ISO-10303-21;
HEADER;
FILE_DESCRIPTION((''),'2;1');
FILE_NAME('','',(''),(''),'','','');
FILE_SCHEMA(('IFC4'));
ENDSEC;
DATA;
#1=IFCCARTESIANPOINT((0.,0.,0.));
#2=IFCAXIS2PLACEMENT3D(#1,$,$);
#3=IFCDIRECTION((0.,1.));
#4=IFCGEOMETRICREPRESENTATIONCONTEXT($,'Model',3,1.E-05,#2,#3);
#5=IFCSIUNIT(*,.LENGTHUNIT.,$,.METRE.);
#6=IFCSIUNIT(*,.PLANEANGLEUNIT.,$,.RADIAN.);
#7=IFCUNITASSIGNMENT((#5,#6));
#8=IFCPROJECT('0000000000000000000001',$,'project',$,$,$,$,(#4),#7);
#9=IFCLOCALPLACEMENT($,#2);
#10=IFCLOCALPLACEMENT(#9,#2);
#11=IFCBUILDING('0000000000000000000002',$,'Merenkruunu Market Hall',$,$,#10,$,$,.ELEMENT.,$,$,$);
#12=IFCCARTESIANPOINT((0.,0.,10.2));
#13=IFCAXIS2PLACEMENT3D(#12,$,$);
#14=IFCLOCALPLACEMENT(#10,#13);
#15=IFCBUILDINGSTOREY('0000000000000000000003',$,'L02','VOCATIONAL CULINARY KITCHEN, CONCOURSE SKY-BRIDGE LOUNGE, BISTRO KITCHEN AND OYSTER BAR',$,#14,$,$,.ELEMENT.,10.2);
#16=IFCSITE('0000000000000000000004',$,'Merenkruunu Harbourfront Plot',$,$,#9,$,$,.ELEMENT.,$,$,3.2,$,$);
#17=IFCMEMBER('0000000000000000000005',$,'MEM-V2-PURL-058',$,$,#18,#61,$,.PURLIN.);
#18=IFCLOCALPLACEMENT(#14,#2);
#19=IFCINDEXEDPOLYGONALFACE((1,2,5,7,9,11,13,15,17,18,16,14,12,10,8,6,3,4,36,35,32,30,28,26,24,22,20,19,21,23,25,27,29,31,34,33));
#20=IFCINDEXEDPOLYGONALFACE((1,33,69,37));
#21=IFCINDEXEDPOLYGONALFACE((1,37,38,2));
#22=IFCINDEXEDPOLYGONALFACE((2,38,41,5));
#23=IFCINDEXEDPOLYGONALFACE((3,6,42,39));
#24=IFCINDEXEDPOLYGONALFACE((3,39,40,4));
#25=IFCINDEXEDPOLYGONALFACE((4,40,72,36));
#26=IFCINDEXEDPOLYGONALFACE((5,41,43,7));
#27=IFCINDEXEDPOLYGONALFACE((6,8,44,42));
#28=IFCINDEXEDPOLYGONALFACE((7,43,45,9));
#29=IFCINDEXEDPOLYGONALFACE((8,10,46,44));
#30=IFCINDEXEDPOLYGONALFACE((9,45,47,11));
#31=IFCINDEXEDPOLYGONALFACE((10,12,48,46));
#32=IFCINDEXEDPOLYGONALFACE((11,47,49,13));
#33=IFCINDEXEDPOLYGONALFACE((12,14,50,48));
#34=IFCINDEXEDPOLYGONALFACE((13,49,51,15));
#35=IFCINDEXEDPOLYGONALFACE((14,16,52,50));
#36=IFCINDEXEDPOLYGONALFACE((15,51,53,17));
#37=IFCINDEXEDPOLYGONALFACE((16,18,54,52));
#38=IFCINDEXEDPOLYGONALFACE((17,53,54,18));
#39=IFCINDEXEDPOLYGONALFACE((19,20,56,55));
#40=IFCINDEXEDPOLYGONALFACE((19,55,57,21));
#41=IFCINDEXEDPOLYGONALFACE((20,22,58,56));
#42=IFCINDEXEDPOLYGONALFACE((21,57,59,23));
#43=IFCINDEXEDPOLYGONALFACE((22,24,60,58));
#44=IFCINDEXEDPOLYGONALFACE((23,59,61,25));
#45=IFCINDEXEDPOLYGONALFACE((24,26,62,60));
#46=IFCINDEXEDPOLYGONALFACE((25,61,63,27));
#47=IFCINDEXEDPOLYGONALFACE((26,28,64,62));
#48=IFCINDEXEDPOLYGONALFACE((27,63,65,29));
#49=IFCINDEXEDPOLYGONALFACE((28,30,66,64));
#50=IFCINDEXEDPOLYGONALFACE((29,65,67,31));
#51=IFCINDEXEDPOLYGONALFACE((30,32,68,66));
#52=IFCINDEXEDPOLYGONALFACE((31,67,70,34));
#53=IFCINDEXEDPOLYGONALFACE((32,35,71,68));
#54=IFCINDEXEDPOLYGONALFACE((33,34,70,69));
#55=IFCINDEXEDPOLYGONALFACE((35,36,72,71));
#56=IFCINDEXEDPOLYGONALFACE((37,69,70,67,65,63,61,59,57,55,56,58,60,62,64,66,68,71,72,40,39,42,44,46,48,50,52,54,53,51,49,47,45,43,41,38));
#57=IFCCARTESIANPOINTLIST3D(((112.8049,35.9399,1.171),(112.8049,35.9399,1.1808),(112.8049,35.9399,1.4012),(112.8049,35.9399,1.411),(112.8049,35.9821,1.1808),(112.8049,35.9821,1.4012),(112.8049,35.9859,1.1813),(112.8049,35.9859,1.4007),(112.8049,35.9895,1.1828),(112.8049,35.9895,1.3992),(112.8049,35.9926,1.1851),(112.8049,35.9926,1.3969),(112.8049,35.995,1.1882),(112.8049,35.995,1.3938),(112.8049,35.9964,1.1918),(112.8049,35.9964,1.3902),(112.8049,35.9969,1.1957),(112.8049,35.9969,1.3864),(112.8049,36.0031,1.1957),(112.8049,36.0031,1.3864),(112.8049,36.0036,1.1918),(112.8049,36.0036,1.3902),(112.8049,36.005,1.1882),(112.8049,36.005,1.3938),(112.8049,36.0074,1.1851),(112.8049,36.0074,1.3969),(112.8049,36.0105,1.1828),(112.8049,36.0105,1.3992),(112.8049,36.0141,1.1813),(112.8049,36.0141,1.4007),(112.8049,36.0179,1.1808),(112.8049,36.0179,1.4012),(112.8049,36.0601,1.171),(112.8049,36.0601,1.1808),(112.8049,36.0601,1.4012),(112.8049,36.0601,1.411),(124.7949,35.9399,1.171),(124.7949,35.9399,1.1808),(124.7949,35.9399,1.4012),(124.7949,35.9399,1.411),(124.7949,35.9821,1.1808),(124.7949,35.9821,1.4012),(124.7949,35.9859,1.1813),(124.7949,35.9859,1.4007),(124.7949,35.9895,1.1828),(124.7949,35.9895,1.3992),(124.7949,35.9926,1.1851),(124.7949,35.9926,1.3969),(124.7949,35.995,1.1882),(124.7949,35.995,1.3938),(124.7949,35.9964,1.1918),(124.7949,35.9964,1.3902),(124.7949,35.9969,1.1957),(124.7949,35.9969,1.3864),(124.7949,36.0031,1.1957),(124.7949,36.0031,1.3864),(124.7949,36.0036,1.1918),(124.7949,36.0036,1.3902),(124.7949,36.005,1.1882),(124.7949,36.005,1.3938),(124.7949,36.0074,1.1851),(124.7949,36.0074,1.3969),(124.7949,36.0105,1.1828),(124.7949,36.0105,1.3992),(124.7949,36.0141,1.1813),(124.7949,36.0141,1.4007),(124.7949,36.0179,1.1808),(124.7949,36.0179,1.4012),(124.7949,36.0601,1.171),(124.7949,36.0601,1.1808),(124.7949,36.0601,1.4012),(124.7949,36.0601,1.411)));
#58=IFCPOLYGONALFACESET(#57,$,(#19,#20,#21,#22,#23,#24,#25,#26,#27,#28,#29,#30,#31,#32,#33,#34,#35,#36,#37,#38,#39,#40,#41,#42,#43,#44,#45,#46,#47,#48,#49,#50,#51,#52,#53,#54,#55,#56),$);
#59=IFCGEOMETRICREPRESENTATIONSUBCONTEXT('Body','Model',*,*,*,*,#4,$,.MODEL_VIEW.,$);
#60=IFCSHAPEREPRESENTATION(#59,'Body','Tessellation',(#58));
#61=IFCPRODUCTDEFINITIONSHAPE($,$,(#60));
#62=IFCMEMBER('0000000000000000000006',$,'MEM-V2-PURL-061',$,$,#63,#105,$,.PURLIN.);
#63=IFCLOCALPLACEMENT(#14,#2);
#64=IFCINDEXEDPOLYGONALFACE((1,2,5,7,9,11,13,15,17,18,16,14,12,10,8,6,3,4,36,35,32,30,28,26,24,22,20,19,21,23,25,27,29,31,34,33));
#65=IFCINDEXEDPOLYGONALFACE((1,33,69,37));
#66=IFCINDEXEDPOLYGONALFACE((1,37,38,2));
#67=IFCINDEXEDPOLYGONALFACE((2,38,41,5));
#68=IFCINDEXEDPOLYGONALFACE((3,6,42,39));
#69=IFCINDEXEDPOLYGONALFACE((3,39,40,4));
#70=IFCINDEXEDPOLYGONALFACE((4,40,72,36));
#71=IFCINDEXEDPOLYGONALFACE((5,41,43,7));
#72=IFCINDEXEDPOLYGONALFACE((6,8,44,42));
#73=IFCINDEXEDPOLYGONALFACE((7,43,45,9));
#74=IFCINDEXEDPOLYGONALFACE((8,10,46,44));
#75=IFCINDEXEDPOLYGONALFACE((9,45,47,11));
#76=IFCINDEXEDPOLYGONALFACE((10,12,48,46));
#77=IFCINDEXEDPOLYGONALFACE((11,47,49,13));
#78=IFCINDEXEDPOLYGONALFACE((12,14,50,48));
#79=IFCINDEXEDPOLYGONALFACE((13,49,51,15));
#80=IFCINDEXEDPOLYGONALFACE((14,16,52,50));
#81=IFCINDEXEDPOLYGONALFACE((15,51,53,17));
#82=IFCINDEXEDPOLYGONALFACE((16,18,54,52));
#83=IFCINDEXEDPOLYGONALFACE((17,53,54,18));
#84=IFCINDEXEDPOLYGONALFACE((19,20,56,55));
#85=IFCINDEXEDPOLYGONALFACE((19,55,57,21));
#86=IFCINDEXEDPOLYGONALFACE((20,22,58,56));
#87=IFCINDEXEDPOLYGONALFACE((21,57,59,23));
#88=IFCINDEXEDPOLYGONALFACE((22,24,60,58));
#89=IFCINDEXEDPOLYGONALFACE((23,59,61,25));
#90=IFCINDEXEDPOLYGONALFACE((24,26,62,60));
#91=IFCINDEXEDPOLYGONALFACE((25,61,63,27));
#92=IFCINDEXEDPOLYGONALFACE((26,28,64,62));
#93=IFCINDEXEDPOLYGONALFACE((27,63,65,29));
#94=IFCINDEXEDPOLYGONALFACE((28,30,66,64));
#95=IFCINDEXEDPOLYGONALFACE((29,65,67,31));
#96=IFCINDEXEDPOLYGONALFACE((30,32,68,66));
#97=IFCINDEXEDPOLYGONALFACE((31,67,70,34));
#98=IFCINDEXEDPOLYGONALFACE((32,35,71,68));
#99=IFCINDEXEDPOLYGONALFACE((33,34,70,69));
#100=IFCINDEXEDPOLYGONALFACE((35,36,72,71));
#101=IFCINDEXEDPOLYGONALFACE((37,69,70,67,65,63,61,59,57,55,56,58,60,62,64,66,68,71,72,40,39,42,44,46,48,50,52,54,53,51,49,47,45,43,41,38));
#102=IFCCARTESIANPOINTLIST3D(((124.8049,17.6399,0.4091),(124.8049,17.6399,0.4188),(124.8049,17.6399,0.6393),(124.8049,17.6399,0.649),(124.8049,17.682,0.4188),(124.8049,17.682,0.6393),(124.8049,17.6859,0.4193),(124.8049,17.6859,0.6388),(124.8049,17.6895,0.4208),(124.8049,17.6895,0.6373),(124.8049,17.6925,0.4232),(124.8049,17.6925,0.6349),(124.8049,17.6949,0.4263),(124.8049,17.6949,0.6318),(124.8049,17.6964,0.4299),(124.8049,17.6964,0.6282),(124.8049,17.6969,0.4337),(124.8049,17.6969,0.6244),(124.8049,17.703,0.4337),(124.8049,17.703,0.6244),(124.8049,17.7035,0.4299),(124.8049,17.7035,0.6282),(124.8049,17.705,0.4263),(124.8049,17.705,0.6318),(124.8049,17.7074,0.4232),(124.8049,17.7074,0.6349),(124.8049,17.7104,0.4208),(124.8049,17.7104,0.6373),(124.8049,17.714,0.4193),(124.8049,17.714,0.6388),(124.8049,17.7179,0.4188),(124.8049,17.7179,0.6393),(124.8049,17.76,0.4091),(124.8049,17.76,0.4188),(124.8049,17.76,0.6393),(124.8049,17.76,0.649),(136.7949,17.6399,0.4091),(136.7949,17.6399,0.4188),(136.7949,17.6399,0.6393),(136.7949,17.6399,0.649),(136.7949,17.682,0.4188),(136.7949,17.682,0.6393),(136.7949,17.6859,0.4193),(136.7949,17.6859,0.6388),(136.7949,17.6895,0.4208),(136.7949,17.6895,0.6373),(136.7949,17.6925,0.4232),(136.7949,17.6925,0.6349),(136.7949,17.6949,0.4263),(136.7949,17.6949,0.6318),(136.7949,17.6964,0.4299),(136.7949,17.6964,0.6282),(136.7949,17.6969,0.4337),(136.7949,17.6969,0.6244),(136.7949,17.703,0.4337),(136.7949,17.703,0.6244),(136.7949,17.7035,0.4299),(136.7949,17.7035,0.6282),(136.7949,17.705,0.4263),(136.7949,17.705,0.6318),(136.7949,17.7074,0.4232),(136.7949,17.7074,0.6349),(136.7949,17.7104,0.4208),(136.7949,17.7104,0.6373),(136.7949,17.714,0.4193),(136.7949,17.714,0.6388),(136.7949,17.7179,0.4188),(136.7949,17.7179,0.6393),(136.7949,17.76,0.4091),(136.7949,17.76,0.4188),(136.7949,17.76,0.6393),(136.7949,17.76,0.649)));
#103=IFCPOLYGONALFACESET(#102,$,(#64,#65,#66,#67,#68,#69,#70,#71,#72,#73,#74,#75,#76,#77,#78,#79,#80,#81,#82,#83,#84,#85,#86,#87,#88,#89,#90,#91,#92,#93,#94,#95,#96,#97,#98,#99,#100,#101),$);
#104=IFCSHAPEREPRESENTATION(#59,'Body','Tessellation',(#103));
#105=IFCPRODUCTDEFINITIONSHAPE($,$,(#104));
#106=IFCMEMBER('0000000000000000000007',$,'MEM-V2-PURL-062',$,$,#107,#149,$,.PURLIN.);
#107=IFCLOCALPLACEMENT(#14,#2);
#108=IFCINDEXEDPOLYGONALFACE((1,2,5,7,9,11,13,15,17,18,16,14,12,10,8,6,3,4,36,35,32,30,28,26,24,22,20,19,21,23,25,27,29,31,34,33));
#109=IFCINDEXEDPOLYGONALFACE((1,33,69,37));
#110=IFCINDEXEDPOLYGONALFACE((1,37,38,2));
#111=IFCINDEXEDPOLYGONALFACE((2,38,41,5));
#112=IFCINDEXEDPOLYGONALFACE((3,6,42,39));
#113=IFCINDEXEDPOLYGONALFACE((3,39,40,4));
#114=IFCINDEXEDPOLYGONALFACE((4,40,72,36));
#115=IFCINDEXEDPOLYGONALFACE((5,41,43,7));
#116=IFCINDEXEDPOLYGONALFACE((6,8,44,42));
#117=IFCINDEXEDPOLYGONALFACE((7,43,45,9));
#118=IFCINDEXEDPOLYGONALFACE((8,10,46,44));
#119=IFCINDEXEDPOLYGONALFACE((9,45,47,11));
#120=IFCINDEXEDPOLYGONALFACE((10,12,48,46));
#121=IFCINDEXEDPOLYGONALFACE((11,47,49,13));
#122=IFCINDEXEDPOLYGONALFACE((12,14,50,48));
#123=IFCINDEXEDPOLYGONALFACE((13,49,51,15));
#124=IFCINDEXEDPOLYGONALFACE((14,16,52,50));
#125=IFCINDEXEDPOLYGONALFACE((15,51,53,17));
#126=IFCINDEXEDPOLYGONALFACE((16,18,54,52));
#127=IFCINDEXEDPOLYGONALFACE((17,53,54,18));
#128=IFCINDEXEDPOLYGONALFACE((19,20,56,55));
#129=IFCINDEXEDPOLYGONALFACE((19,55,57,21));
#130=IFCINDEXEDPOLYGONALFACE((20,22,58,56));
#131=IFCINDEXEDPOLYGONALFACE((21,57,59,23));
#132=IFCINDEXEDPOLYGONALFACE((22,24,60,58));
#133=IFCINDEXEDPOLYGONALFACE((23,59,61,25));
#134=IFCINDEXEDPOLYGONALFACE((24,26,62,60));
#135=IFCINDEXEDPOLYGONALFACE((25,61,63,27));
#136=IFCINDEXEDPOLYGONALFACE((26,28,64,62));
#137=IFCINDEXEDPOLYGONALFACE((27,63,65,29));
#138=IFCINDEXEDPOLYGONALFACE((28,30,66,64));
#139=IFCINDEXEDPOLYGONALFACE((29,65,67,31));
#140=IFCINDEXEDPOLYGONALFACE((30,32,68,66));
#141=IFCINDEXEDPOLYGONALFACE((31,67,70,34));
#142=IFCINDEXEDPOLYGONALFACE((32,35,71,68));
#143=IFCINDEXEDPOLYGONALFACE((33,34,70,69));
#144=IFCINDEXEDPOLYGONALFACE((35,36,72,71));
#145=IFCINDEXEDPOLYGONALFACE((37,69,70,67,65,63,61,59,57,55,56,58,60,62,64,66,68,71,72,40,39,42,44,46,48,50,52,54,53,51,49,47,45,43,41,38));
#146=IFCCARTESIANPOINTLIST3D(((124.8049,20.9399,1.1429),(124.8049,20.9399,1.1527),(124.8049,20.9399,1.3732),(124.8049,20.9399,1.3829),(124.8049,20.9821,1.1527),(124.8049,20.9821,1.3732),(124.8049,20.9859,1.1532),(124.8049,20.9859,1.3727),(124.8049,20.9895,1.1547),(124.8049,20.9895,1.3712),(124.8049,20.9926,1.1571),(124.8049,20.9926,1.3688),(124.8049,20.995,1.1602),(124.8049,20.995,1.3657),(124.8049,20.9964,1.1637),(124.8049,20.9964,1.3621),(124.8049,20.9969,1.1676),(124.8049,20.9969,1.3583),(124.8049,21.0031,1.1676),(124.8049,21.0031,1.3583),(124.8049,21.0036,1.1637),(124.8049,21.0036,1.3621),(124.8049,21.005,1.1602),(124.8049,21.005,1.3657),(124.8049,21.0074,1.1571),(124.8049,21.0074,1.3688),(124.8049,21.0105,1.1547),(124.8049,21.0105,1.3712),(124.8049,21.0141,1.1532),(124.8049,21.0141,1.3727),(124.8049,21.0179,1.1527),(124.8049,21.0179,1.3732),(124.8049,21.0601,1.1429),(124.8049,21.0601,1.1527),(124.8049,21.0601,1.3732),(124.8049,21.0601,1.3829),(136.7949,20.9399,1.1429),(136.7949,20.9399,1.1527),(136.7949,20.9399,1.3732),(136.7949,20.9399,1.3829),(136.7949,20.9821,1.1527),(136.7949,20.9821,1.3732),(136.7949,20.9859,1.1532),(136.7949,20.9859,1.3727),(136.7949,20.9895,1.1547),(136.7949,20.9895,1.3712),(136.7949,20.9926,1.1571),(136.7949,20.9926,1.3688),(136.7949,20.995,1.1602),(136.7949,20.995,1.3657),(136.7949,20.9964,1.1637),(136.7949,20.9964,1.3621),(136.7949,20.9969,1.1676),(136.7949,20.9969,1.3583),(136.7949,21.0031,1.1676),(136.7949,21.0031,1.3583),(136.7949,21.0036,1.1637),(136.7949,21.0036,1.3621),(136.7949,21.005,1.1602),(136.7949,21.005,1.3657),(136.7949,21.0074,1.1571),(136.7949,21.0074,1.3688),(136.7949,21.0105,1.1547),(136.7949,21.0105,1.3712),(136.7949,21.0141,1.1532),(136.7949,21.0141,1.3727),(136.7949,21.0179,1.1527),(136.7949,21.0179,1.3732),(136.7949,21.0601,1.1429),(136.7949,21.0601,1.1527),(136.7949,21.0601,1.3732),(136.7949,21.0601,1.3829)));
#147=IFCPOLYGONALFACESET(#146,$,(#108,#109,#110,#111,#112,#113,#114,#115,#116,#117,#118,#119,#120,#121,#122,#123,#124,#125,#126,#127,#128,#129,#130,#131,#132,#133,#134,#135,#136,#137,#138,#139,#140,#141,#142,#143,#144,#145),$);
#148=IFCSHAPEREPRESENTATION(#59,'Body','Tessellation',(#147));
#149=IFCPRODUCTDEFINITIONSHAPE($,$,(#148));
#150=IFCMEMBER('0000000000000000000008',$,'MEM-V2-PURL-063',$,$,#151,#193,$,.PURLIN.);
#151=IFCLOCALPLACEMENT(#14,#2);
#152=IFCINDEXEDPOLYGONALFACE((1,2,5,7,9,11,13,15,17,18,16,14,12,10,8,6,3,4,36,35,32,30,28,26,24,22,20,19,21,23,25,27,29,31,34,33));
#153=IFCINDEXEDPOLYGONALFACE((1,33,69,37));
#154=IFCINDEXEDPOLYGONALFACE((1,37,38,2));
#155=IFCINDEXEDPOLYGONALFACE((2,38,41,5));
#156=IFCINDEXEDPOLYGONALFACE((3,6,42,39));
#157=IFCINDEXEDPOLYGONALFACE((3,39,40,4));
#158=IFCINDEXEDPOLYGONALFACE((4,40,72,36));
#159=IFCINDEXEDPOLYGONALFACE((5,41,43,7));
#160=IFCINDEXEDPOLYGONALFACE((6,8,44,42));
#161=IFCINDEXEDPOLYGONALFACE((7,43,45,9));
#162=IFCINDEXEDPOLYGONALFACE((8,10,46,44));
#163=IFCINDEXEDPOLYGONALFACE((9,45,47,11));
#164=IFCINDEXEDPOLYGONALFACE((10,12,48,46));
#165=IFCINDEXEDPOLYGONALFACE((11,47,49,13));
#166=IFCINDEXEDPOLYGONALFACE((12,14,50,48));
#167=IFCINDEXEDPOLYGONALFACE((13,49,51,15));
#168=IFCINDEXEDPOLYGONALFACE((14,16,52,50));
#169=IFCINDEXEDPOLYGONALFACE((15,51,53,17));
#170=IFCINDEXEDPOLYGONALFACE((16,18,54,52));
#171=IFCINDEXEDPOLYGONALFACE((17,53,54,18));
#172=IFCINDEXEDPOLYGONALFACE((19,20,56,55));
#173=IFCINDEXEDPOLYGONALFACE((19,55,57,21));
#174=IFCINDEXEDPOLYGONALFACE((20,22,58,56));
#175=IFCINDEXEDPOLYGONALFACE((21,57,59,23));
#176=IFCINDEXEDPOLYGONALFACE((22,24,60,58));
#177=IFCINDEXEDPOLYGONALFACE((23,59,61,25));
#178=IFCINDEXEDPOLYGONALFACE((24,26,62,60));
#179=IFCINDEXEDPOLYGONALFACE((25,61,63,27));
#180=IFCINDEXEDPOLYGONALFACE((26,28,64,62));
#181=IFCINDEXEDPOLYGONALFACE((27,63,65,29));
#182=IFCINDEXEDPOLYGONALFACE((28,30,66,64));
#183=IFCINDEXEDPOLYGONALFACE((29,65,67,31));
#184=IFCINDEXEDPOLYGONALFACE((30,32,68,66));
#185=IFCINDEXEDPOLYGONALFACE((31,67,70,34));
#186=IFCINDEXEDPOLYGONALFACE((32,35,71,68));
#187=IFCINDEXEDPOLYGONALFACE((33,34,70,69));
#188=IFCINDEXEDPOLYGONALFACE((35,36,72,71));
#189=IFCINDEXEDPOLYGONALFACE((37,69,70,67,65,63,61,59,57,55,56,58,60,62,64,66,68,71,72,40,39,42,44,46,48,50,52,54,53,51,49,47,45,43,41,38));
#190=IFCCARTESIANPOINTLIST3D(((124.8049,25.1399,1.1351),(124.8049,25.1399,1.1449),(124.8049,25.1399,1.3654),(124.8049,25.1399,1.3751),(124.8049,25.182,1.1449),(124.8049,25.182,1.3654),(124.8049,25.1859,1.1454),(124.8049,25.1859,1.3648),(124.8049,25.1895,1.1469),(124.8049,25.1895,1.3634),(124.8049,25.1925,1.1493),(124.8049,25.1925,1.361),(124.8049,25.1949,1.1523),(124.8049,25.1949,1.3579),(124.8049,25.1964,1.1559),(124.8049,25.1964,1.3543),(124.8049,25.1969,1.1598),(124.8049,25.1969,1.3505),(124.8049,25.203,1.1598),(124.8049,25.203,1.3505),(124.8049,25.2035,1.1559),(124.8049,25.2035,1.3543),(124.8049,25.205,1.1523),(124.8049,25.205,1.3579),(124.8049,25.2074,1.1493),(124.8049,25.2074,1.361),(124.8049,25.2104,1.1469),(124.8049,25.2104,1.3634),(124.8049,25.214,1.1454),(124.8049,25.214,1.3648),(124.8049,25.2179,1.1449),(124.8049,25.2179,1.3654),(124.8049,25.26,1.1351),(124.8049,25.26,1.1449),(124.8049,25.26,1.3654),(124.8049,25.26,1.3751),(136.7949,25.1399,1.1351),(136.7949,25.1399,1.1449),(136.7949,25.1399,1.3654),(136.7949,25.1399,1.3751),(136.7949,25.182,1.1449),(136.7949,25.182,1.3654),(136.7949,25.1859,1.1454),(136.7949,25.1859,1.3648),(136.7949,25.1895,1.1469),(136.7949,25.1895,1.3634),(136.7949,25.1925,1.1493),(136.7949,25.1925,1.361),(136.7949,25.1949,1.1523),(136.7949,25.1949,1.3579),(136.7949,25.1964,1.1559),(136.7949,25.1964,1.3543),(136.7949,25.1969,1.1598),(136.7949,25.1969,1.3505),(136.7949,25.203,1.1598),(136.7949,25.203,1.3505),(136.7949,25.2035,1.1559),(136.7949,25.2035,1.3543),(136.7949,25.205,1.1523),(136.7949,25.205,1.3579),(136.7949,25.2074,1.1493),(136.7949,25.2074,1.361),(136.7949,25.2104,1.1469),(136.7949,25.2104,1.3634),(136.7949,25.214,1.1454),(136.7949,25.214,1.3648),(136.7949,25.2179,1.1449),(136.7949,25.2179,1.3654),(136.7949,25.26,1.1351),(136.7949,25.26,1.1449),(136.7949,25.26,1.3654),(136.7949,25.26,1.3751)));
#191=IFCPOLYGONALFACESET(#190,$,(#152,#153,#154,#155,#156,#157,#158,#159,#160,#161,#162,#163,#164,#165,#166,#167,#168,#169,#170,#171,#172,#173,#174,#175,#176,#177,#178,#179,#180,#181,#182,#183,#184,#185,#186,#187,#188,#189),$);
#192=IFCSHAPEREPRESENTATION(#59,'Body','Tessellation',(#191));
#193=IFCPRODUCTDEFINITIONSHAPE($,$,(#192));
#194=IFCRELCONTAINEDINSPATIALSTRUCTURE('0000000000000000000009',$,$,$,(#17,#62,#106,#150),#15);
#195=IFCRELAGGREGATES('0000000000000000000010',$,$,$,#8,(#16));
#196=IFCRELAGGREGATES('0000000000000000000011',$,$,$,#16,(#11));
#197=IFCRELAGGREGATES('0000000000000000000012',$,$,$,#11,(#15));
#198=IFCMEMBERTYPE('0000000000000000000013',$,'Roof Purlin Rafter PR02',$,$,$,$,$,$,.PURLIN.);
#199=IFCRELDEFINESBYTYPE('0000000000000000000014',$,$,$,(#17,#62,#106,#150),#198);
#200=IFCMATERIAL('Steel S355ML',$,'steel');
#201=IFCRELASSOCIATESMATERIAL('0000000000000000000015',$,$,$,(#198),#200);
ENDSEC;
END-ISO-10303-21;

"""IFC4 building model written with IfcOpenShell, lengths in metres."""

from ifc_helpers import new_model, si_unit, direction, frame, origin, origin_2d, place, context, subcontext, project, spatial, i_section, extrude, material, material_profile, profile_set, type_object, element, save


model = new_model("IFC4")

# Units and contexts
model_context = context("Model", 3, precision=1e-05, world=origin(), true_north=direction((0.0, 1.0)))
body_context = subcontext(model_context, "Body", "Model", "MODEL_VIEW")
ifc_project = project(units=[si_unit("LENGTHUNIT", "METRE"), si_unit("PLANEANGLEUNIT", "RADIAN")], contexts=[model_context])

# Site, building, storey
site_placement = place(None, origin())
site = spatial("IfcSite", under=ifc_project, at=site_placement, Name="Merenkruunu Harbourfront Plot", CompositionType="ELEMENT", RefElevation=3.2)
building_placement = place(site_placement, origin())
building = spatial("IfcBuilding", under=site, at=building_placement, Name="Merenkruunu Market Hall", CompositionType="ELEMENT")
storey_placement = place(building_placement, frame((0.0, 0.0, 10.2)))
storey = spatial("IfcBuildingStorey", under=building, at=storey_placement, Name="L02", Description="VOCATIONAL CULINARY KITCHEN, CONCOURSE SKY-BRIDGE LOUNGE, BISTRO KITCHEN AND OYSTER BAR", CompositionType="ELEMENT", Elevation=10.2)

# Members
ifc_material_1 = material(Name="Steel S355ML", Category="steel")
ifc_material_profile_1 = material_profile(ifc_material_1, i_section(OverallWidth=0.1201, OverallDepth=0.24, WebThickness=0.0061, FlangeThickness=0.0098, FilletRadius=0.0149, at=origin_2d()), Name="IPE 240")
ifc_profile_set_1 = profile_set([ifc_material_profile_1], Name="Steel S355ML")
member_type = type_object("IfcMemberType", Name="Roof Purlin Rafter PR02", PredefinedType="PURLIN", material=ifc_profile_set_1)
for number, where, z_axis, x_axis, name in (
    (1, (112.8049, 36.0, 1.291), (1.0, 0.0, 0.0), (0.0, 1.0, 0.0), "MEM-V2-PURL-058"),
    (2, (124.8049, 17.7, 0.5291), (1.0, 0.0, 0.0), (0.0, 1.0, 0.0), "MEM-V2-PURL-061"),
    (3, (124.8049, 21.0, 1.2629), (1.0, 0.0, 0.0), (0.0, 1.0, 0.0), "MEM-V2-PURL-062"),
    (4, (124.8049, 25.2, 1.2551), (1.0, 0.0, 0.0), (0.0, 1.0, 0.0), "MEM-V2-PURL-063"),
):
    element("IfcMember", number, at=place(storey_placement, frame(where, z_axis=z_axis, x_axis=x_axis)), inside=storey, type_object=member_type, Name=name, PredefinedType="PURLIN", context=body_context, shape_type="SweptSolid", body=[
        extrude(i_section(OverallWidth=0.1201, OverallDepth=0.24, WebThickness=0.0061, FlangeThickness=0.0098, FilletRadius=0.0149, at=origin_2d()), origin(), (0.0, 0.0, 1.0), 11.99),
    ])

save(model, "model.ifc")
